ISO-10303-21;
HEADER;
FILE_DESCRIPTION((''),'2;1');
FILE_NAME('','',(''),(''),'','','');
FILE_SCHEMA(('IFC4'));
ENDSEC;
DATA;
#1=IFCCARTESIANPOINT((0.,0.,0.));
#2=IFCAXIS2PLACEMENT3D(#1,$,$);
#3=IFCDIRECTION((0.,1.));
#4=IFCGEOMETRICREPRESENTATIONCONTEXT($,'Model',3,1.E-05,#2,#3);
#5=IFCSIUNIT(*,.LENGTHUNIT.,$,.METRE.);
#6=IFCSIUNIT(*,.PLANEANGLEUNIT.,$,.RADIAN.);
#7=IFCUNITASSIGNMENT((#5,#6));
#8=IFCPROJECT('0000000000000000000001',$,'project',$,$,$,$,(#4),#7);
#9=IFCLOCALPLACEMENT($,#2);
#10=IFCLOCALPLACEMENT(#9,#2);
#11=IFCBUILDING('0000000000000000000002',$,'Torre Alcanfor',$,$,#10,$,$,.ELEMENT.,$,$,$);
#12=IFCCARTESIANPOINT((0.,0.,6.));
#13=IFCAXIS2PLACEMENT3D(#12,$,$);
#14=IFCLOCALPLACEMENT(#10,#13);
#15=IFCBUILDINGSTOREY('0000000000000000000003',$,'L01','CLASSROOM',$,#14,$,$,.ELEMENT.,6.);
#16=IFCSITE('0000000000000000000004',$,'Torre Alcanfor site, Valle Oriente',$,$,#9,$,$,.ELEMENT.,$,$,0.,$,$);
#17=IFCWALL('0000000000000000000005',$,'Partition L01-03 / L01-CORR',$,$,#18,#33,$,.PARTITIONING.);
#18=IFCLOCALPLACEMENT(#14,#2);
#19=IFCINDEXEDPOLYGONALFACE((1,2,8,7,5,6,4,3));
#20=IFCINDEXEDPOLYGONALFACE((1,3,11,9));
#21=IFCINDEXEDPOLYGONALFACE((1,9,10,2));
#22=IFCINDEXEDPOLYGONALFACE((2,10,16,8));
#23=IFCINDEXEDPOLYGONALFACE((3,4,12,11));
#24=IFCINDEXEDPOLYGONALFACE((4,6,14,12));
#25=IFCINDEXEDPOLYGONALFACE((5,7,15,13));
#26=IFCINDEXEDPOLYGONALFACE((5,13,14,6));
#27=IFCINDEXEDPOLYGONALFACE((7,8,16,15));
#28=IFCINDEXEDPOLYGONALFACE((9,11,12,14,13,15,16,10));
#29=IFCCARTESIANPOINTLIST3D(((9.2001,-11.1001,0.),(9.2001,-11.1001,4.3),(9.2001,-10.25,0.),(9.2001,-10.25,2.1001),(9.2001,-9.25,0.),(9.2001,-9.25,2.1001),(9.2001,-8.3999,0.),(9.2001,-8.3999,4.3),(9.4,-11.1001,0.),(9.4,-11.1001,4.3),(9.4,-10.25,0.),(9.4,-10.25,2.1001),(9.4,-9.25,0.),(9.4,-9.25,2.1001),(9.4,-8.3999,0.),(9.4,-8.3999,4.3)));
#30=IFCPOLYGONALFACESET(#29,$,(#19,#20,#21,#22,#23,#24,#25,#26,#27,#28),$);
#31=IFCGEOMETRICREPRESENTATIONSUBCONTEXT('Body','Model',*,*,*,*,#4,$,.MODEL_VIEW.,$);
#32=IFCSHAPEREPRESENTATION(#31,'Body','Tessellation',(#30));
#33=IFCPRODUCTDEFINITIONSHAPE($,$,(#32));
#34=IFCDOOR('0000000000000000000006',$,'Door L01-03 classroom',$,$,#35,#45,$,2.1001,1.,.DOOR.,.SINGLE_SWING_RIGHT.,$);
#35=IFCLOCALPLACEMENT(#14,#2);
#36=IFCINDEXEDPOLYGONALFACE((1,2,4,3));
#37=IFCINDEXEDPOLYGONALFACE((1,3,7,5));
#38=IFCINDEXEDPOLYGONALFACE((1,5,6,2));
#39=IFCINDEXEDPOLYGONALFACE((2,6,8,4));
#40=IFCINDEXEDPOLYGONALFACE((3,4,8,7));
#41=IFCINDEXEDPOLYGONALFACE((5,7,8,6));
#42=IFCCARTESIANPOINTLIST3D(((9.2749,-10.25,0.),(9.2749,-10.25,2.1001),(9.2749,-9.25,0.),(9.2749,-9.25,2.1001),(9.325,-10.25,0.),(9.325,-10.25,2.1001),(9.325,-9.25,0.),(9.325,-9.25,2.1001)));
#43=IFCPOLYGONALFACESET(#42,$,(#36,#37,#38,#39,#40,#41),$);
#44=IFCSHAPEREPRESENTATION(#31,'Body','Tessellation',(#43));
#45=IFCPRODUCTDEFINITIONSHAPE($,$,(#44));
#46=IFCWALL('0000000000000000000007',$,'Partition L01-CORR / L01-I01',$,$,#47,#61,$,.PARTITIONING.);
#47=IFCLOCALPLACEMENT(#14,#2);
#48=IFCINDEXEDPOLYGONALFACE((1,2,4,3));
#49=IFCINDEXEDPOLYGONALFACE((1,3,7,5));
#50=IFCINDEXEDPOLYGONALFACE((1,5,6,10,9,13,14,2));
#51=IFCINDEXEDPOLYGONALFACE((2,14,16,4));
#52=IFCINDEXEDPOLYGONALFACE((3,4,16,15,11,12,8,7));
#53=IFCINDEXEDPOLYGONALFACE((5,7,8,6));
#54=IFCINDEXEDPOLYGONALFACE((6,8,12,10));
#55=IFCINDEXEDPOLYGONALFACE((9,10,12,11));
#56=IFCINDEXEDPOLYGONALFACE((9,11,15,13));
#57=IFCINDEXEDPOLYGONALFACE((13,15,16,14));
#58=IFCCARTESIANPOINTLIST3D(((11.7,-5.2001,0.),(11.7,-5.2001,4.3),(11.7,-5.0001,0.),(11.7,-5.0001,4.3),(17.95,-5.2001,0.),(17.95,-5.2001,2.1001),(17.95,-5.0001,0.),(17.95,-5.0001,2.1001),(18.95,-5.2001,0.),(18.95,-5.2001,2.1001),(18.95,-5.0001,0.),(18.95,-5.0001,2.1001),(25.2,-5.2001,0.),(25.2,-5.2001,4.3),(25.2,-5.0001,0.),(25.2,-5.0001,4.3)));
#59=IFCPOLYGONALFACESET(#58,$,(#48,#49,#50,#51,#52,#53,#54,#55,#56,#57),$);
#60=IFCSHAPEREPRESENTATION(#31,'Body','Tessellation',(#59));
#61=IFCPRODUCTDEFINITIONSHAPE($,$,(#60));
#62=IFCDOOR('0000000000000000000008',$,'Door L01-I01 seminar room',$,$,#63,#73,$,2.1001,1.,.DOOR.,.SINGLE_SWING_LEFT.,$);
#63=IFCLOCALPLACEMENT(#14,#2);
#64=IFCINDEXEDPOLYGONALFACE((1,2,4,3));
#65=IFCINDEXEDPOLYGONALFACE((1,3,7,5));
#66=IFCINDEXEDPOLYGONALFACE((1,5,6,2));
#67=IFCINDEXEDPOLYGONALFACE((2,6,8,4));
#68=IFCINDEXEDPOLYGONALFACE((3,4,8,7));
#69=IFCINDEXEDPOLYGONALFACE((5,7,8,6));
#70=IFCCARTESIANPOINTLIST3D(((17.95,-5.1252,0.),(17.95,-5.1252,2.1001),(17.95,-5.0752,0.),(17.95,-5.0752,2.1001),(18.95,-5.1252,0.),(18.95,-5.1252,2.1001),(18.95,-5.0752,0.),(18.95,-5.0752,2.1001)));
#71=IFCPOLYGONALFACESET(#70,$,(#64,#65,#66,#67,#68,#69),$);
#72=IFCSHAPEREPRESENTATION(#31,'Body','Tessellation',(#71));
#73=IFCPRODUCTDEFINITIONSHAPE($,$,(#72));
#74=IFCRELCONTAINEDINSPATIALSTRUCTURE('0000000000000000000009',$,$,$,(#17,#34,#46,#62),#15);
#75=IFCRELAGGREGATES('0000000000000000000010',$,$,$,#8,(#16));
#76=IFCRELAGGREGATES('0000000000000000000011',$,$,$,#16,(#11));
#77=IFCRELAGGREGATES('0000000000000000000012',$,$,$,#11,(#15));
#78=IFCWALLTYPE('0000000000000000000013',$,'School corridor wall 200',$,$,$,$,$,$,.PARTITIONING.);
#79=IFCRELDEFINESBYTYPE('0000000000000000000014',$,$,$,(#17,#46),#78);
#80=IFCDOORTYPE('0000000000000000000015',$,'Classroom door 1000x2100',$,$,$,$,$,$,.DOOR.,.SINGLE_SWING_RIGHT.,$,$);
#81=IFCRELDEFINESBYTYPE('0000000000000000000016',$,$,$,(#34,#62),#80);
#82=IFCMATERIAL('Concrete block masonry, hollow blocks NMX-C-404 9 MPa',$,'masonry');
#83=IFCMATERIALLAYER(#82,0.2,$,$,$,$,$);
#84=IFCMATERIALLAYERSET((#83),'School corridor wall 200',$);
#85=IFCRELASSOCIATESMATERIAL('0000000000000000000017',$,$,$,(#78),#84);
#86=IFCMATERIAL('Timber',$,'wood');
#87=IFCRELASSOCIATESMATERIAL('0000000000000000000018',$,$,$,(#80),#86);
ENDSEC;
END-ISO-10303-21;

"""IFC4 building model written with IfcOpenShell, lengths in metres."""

from ifc_helpers import new_model, si_unit, direction, frame, frame_2d, origin, place, context, subcontext, project, spatial, rectangle, extrude, material, layer, layer_set, type_object, element, fill, save


model = new_model("IFC4")

# Units and contexts
model_context = context("Model", 3, precision=1e-05, world=origin(), true_north=direction((0.0, 1.0)))
body_context = subcontext(model_context, "Body", "Model", "MODEL_VIEW")
ifc_project = project(units=[si_unit("LENGTHUNIT", "METRE"), si_unit("PLANEANGLEUNIT", "RADIAN")], contexts=[model_context])

# Site, building, storey
site_placement = place(None, origin())
site = spatial("IfcSite", under=ifc_project, at=site_placement, Name="Torre Alcanfor site, Valle Oriente", CompositionType="ELEMENT", RefElevation=0.0)
building_placement = place(site_placement, origin())
building = spatial("IfcBuilding", under=site, at=building_placement, Name="Torre Alcanfor", CompositionType="ELEMENT")
storey_placement = place(building_placement, frame((0.0, 0.0, 6.0)))
storey = spatial("IfcBuildingStorey", under=building, at=storey_placement, Name="L01", Description="CLASSROOM", CompositionType="ELEMENT", Elevation=6.0)

# Shared definitions
ifc_material_1 = material(Name="Concrete block masonry, hollow blocks NMX-C-404 9 MPa", Category="masonry")
ifc_layer_1 = layer(ifc_material_1, 0.2)
ifc_layer_set_1 = layer_set([ifc_layer_1], Name="School corridor wall 200")
wall_type_1 = type_object("IfcWallType", Name="School corridor wall 200", PredefinedType="PARTITIONING", material=ifc_layer_set_1)

# Walls, openings, doors
ifc_material_2 = material(Name="Timber", Category="wood")
door_type = type_object("IfcDoorType", Name="Classroom door 1000x2100", OperationType="SINGLE_SWING_RIGHT", PredefinedType="DOOR", material=ifc_material_2)
wall_1_placement = place(storey_placement, frame((9.3, -8.3999, 0.0), z_axis=(0.0, 0.0, 1.0), x_axis=(0.0, -1.0, 0.0)))
wall_1 = element("IfcWall", 1, at=wall_1_placement, inside=storey, type_object=wall_type_1, Name="Partition L01-03 / L01-CORR", PredefinedType="PARTITIONING", context=body_context, shape_type="SweptSolid", body=[
    extrude(rectangle(XDim=2.7002, YDim=0.2, at=frame_2d((1.3501, 0.0))), origin(), (0.0, 0.0, 1.0), 4.3),
])
opening_1_placement = place(wall_1_placement, frame((0.8501, 0.0, 0.0)))
opening_1 = element("IfcOpeningElement", 2, at=opening_1_placement, cuts=wall_1, PredefinedType="OPENING", context=body_context, shape_type="SweptSolid", body=[
    extrude(rectangle(XDim=1.0, YDim=2.1001, at=frame_2d((0.5, 1.05))), frame((0.0, 0.1099, 0.0), z_axis=(0.0, -1.0, 0.0), x_axis=(1.0, 0.0, 0.0)), (0.0, 0.0, 1.0), 0.22),
])
door_1_placement = place(opening_1_placement, frame((1.0, 0.0, 0.0), z_axis=(0.0, 0.0, 1.0), x_axis=(-1.0, 0.0, 0.0)))
door_1 = element("IfcDoor", 3, at=door_1_placement, inside=storey, type_object=door_type, Name="Door L01-03 classroom", OperationType="SINGLE_SWING_RIGHT", OverallHeight=2.1001, OverallWidth=1.0, PredefinedType="DOOR", context=body_context, shape_type="SweptSolid", body=[
    extrude(rectangle(XDim=1.0, YDim=2.1001, at=frame_2d((0.5, 1.05))), frame((0.0, 0.0251, 0.0), z_axis=(0.0, -1.0, 0.0), x_axis=(1.0, 0.0, 0.0)), (0.0, 0.0, 1.0), 0.05),
])
fill(opening_1, door_1)
wall_2_placement = place(storey_placement, frame((11.7, -5.1001, 0.0), z_axis=(0.0, 0.0, 1.0), x_axis=(1.0, 0.0, 0.0)))
wall_2 = element("IfcWall", 4, at=wall_2_placement, inside=storey, type_object=wall_type_1, Name="Partition L01-CORR / L01-I01", PredefinedType="PARTITIONING", context=body_context, shape_type="SweptSolid", body=[
    extrude(rectangle(XDim=13.5, YDim=0.2, at=frame_2d((6.75, 0.0))), origin(), (0.0, 0.0, 1.0), 4.3),
])
opening_2_placement = place(wall_2_placement, frame((6.25, 0.0, 0.0)))
opening_2 = element("IfcOpeningElement", 5, at=opening_2_placement, cuts=wall_2, PredefinedType="OPENING", context=body_context, shape_type="SweptSolid", body=[
    extrude(rectangle(XDim=1.0, YDim=2.1001, at=frame_2d((0.5, 1.05))), frame((0.0, 0.1099, 0.0), z_axis=(0.0, -1.0, 0.0), x_axis=(1.0, 0.0, 0.0)), (0.0, 0.0, 1.0), 0.22),
])
door_2_placement = place(opening_2_placement, origin())
door_2 = element("IfcDoor", 6, at=door_2_placement, inside=storey, type_object=door_type, Name="Door L01-I01 seminar room", OperationType="SINGLE_SWING_LEFT", OverallHeight=2.1001, OverallWidth=1.0, PredefinedType="DOOR", context=body_context, shape_type="SweptSolid", body=[
    extrude(rectangle(XDim=1.0, YDim=2.1001, at=frame_2d((0.5, 1.05))), frame((0.0, 0.0249, 0.0), z_axis=(0.0, -1.0, 0.0), x_axis=(1.0, 0.0, 0.0)), (0.0, 0.0, 1.0), 0.05),
])
fill(opening_2, door_2)

save(model, "model.ifc")
